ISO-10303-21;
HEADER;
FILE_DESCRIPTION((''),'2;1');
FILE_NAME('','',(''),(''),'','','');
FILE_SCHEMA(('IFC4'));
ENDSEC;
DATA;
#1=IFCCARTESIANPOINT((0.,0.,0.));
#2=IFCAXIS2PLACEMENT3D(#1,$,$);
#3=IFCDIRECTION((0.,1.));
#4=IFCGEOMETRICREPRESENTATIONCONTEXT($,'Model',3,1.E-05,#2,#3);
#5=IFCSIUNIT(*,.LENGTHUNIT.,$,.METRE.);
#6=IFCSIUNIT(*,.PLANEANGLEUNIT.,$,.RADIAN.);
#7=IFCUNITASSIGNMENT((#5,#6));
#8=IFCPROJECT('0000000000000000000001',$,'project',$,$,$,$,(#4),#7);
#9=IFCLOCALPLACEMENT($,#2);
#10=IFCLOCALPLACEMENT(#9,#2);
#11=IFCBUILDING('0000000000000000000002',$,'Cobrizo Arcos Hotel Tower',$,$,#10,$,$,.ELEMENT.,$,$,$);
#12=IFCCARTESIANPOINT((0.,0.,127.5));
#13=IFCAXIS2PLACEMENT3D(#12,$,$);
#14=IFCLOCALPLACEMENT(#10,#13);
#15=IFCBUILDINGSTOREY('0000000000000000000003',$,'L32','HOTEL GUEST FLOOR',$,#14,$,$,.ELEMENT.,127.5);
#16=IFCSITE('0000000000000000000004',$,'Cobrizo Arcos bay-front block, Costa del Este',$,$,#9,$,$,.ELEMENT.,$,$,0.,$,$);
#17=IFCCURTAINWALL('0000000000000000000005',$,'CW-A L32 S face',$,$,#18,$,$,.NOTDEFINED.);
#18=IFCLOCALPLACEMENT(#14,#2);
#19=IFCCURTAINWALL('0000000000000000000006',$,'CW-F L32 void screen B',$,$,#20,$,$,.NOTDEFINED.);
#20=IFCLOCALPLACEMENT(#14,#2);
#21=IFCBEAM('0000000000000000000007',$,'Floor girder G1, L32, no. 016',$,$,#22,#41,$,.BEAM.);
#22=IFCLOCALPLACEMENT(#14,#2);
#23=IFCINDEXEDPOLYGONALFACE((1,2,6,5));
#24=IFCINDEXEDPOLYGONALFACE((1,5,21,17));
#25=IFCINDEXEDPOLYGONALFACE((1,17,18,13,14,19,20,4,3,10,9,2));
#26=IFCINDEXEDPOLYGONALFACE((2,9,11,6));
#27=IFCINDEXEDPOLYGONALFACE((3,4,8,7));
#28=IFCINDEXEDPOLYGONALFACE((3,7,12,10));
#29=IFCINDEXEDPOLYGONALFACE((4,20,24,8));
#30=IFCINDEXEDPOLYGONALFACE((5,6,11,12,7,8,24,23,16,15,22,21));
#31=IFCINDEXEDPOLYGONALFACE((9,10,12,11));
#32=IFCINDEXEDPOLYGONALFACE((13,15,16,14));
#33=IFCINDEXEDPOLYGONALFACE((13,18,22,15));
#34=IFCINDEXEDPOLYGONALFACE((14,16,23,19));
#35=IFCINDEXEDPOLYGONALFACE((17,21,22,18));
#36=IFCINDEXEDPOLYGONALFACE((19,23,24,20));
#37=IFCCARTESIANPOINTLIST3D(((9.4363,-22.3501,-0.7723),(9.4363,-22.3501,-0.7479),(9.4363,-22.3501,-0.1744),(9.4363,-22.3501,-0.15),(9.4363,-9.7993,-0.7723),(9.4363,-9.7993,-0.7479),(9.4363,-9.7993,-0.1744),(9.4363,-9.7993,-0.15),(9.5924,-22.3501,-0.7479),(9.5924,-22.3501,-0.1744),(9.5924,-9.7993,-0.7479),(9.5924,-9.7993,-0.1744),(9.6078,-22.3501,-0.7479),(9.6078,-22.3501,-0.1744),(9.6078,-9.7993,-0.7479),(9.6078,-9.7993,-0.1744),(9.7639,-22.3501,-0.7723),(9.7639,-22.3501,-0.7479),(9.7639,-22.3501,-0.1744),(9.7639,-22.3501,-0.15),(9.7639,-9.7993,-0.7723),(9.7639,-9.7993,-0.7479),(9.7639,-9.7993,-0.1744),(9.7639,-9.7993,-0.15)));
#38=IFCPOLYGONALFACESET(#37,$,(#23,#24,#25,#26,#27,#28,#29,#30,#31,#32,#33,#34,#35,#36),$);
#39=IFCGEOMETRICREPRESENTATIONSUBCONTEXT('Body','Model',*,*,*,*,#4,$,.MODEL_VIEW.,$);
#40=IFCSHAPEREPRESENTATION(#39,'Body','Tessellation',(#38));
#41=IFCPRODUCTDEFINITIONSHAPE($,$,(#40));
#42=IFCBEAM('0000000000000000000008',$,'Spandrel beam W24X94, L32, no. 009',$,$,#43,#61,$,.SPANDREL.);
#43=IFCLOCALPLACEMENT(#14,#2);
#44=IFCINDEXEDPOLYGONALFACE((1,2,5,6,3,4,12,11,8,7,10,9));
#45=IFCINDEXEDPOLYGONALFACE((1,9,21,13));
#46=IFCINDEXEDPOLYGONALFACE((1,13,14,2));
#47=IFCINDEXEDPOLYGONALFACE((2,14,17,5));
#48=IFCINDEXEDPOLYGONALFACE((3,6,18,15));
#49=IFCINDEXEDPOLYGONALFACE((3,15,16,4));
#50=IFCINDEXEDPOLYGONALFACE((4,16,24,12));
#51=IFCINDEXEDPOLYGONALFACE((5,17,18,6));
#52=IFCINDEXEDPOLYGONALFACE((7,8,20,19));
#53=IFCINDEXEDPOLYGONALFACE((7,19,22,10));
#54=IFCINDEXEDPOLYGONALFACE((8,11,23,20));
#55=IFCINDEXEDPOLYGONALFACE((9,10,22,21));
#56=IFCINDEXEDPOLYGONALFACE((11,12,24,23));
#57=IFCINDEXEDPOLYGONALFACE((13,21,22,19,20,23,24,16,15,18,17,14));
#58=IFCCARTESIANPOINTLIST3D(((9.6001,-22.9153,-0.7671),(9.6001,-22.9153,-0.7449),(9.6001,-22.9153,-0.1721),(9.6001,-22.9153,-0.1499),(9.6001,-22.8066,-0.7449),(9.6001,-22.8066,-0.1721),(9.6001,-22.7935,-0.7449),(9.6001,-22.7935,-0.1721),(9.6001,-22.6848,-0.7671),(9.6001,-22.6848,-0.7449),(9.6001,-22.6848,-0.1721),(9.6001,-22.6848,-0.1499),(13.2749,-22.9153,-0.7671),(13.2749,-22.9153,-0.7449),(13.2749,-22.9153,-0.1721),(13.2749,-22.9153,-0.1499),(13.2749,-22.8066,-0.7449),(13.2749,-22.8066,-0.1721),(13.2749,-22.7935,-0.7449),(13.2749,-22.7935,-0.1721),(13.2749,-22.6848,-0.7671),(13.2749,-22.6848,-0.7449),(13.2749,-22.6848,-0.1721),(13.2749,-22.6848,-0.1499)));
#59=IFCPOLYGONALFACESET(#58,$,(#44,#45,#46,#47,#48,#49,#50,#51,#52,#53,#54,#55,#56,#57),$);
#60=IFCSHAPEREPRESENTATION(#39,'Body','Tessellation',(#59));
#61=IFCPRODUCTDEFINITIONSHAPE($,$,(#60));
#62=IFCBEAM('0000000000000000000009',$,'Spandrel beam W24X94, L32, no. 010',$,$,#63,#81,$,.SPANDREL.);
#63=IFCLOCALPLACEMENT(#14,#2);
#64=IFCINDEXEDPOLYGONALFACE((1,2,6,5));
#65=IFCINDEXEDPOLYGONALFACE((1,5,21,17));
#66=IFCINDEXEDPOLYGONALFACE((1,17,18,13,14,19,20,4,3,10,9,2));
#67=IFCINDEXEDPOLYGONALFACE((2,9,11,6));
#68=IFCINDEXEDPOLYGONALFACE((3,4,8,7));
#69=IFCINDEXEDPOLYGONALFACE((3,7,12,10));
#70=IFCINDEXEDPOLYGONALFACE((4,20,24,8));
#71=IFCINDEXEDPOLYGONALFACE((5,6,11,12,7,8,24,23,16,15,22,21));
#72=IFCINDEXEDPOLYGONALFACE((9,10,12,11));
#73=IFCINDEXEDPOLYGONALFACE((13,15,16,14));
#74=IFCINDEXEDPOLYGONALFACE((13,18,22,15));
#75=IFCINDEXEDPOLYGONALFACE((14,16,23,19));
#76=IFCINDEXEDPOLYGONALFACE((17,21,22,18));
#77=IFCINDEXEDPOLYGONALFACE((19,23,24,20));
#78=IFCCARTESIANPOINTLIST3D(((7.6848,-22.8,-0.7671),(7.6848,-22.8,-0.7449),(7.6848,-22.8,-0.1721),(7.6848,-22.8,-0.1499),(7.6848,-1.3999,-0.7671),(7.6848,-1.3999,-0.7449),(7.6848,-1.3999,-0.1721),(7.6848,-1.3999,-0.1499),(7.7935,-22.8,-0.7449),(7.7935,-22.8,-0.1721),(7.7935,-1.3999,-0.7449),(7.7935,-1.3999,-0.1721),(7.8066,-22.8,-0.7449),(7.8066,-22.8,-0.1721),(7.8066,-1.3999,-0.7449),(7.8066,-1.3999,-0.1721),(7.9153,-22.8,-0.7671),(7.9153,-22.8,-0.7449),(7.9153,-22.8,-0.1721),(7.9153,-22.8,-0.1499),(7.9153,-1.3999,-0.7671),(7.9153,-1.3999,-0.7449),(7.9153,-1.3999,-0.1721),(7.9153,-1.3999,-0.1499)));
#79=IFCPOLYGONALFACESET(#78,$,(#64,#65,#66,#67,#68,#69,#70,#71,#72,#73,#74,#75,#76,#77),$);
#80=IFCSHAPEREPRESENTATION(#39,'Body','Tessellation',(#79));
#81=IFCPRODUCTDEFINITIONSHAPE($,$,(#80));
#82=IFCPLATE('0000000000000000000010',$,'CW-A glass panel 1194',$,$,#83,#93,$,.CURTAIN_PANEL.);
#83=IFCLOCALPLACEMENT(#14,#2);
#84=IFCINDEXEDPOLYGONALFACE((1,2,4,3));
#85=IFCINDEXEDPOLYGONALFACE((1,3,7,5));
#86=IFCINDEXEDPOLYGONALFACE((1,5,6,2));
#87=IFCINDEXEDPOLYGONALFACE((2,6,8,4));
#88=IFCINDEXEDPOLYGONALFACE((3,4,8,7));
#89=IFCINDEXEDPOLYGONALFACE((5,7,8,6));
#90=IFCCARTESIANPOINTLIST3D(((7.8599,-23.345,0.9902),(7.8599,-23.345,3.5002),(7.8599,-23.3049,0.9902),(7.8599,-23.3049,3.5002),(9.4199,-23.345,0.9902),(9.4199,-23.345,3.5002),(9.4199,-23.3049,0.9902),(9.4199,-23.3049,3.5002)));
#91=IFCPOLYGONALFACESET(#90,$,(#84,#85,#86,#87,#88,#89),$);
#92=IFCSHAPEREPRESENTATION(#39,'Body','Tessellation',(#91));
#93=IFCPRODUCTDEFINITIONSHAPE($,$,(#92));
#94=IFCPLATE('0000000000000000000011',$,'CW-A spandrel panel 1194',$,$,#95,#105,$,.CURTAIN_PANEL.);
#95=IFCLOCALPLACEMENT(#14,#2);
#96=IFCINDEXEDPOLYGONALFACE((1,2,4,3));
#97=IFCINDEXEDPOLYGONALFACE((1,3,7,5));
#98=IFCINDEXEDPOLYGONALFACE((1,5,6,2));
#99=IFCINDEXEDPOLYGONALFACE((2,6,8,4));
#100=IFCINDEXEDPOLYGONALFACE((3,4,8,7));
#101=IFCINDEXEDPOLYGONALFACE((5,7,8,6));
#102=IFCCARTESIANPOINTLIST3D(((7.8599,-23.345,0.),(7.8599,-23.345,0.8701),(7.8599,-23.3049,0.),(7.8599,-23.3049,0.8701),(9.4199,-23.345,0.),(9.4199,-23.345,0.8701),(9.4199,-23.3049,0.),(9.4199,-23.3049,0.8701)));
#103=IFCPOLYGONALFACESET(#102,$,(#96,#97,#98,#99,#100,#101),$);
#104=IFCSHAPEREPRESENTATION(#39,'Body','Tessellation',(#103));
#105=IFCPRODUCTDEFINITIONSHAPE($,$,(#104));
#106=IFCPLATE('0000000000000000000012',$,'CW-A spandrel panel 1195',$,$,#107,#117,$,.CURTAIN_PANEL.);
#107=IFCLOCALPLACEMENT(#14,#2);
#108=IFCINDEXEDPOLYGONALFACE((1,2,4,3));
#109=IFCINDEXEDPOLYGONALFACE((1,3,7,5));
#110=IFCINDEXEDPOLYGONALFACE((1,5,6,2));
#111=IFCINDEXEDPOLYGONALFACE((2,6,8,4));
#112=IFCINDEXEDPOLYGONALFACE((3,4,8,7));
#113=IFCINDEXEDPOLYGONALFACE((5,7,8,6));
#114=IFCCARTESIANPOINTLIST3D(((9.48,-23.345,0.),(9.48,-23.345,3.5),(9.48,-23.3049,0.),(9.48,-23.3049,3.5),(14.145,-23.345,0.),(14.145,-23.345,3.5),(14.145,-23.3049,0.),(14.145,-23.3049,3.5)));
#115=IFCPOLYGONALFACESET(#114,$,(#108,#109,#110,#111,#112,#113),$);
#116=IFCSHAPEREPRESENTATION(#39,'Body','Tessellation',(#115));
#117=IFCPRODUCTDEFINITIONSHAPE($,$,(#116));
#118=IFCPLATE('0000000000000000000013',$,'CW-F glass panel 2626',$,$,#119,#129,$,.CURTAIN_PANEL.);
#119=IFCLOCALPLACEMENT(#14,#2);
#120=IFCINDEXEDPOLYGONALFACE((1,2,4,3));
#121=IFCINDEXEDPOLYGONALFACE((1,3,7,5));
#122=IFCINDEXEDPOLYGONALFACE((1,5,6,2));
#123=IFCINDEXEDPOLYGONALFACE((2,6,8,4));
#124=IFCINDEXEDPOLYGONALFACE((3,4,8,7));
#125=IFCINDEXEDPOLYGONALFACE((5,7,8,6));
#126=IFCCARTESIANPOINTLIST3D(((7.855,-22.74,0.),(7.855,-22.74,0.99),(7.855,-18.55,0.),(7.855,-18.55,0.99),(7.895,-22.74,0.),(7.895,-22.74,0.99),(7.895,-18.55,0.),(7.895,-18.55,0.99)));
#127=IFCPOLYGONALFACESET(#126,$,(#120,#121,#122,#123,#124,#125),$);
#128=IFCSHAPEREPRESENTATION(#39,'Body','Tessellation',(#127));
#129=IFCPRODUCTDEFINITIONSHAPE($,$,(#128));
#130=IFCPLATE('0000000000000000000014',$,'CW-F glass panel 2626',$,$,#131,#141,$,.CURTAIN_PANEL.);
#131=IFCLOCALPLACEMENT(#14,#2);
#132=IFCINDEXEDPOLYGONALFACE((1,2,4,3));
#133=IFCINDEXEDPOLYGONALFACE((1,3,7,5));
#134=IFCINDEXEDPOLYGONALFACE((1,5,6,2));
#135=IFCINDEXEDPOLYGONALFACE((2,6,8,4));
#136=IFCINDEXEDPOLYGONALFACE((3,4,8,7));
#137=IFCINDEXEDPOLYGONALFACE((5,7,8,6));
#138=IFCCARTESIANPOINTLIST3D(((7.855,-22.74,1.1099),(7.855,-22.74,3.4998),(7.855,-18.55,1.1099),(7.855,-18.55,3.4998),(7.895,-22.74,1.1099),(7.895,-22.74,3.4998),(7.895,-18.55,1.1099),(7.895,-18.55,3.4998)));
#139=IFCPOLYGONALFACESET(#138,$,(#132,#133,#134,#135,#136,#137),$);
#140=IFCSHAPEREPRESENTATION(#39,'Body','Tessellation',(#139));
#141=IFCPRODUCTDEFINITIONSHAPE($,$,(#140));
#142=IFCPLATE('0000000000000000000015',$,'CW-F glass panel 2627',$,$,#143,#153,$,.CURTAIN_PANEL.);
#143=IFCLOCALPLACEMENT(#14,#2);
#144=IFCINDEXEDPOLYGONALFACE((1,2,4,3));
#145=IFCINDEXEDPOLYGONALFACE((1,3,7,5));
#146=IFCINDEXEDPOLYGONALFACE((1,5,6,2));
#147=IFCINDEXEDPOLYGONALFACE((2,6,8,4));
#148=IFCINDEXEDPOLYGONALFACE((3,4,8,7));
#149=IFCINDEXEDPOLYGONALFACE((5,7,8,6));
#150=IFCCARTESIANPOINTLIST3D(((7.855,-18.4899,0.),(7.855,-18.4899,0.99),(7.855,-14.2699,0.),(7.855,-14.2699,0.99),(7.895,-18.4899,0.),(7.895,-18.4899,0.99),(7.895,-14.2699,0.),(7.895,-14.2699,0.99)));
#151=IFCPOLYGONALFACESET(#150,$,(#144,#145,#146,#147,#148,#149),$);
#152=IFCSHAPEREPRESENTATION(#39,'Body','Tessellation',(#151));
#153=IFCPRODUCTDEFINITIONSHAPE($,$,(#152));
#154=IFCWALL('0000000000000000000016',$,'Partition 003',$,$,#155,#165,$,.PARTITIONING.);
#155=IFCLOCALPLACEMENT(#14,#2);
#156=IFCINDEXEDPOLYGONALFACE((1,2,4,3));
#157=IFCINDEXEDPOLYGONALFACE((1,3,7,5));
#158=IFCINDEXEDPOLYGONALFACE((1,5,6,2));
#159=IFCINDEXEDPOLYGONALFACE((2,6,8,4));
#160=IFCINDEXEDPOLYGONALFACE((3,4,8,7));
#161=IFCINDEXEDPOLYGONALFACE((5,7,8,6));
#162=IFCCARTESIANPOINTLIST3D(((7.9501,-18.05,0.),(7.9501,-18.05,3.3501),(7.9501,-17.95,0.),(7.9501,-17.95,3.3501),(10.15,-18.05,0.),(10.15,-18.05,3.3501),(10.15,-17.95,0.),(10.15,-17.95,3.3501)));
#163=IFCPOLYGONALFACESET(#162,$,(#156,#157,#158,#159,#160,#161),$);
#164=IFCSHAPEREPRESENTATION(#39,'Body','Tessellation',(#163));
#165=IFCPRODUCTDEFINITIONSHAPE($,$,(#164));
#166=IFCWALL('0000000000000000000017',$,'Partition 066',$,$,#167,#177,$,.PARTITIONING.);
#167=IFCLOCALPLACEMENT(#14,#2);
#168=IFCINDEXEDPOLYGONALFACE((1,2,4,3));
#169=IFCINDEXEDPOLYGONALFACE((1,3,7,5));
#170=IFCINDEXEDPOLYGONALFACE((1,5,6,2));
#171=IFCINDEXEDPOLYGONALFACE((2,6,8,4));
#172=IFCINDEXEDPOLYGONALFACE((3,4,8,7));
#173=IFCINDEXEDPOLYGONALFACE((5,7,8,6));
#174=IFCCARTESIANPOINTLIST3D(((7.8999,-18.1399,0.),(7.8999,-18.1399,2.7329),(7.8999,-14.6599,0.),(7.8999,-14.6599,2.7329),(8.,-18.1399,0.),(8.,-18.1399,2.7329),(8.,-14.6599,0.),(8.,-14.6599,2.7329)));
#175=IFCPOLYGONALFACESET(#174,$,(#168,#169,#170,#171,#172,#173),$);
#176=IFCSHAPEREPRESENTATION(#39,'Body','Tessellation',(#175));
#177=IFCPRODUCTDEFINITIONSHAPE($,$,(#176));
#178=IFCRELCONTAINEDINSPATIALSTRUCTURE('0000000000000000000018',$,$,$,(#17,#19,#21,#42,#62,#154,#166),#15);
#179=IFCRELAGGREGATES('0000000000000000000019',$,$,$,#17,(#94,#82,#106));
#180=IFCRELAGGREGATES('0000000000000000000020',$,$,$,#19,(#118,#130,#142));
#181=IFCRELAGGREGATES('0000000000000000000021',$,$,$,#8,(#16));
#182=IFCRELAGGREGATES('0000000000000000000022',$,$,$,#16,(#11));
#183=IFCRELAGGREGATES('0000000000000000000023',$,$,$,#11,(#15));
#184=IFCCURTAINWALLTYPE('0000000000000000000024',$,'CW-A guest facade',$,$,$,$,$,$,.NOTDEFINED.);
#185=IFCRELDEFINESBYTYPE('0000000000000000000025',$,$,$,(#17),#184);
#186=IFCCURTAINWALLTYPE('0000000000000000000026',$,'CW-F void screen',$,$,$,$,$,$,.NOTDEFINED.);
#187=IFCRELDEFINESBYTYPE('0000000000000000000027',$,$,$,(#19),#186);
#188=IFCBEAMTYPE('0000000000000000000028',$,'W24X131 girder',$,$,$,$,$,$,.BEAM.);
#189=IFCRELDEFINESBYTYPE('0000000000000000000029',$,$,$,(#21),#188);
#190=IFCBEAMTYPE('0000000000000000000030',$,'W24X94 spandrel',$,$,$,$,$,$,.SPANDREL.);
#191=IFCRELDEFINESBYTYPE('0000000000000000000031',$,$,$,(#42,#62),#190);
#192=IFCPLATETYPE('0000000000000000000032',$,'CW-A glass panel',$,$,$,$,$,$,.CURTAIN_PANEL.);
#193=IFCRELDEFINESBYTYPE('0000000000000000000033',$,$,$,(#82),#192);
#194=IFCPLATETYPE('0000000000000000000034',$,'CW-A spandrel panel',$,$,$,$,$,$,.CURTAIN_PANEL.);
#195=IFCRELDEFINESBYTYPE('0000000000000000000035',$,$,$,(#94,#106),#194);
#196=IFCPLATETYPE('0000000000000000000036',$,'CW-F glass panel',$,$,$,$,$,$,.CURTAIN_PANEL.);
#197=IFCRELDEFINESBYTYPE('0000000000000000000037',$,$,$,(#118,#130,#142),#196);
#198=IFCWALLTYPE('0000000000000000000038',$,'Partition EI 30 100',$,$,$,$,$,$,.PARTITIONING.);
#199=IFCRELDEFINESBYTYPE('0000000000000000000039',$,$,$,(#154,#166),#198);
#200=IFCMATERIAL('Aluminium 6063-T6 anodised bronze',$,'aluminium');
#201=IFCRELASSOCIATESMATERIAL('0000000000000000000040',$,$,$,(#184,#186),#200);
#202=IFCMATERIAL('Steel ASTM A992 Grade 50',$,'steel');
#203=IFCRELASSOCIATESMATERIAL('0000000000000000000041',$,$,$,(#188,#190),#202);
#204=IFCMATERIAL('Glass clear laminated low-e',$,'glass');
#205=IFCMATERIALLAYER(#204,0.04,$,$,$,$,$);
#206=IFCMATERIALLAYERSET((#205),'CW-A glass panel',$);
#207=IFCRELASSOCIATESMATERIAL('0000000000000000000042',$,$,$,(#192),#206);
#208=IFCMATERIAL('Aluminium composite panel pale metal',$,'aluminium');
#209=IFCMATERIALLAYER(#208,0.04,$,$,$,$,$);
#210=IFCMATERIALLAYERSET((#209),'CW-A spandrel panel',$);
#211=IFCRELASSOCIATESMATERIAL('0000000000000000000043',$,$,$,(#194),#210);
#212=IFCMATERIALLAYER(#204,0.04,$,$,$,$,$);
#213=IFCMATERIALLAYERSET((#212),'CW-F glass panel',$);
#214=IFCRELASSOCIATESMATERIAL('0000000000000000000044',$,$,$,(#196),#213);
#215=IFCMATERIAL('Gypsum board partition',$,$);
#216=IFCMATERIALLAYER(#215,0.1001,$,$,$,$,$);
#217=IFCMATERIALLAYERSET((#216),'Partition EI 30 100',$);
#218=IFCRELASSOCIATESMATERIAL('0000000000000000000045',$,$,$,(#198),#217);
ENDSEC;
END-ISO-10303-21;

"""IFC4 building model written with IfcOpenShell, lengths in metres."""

from ifc_helpers import new_model, si_unit, direction, frame, frame_2d, origin, origin_2d, place, context, subcontext, project, spatial, rectangle, i_section, extrude, material, layer, layer_set, material_profile, profile_set, type_object, element, aggregate, save


model = new_model("IFC4")

# Units and contexts
model_context = context("Model", 3, precision=1e-05, world=origin(), true_north=direction((0.0, 1.0)))
body_context = subcontext(model_context, "Body", "Model", "MODEL_VIEW")
ifc_project = project(units=[si_unit("LENGTHUNIT", "METRE"), si_unit("PLANEANGLEUNIT", "RADIAN")], contexts=[model_context])

# Site, building, storey
site_placement = place(None, origin())
site = spatial("IfcSite", under=ifc_project, at=site_placement, Name="Cobrizo Arcos bay-front block, Costa del Este", CompositionType="ELEMENT", RefElevation=0.0)
building_placement = place(site_placement, origin())
building = spatial("IfcBuilding", under=site, at=building_placement, Name="Cobrizo Arcos Hotel Tower", CompositionType="ELEMENT")
storey_placement = place(building_placement, frame((0.0, 0.0, 127.5)))
storey = spatial("IfcBuildingStorey", under=building, at=storey_placement, Name="L32", Description="HOTEL GUEST FLOOR", CompositionType="ELEMENT", Elevation=127.5)

# Curtain walls
ifc_material_1 = material(Name="Aluminium 6063-T6 anodised bronze", Category="aluminium")
curtain_wall_type_1 = type_object("IfcCurtainWallType", Name="CW-A guest facade", PredefinedType="NOTDEFINED", material=ifc_material_1)
curtain_wall_1_placement = place(storey_placement, origin())
curtain_wall_1 = element("IfcCurtainWall", 1, at=curtain_wall_1_placement, inside=storey, type_object=curtain_wall_type_1, Name="CW-A L32 S face", PredefinedType="NOTDEFINED")
curtain_wall_type_2 = type_object("IfcCurtainWallType", Name="CW-F void screen", PredefinedType="NOTDEFINED", material=ifc_material_1)
curtain_wall_2_placement = place(storey_placement, origin())
curtain_wall_2 = element("IfcCurtainWall", 2, at=curtain_wall_2_placement, inside=storey, type_object=curtain_wall_type_2, Name="CW-F L32 void screen B", PredefinedType="NOTDEFINED")

# Beams
ifc_material_2 = material(Name="Steel ASTM A992 Grade 50", Category="steel")
ifc_material_profile_1 = material_profile(ifc_material_2, i_section(OverallWidth=0.3276, OverallDepth=0.6223, WebThickness=0.0154, FlangeThickness=0.0244, at=origin_2d()), Name="W24X131")
ifc_profile_set_1 = profile_set([ifc_material_profile_1], Name="Steel ASTM A992 Grade 50")
beam_type_1 = type_object("IfcBeamType", Name="W24X131 girder", PredefinedType="BEAM", material=ifc_profile_set_1)
beam_1_placement = place(storey_placement, frame((9.6001, -22.3501, -0.4612), z_axis=(0.0, 1.0, 0.0), x_axis=(-1.0, 0.0, 0.0)))
element("IfcBeam", 3, at=beam_1_placement, inside=storey, type_object=beam_type_1, Name="Floor girder G1, L32, no. 016", PredefinedType="BEAM", context=body_context, shape_type="SweptSolid", body=[
    extrude(i_section(OverallWidth=0.3276, OverallDepth=0.6223, WebThickness=0.0154, FlangeThickness=0.0244, at=origin_2d()), origin(), (0.0, 0.0, 1.0), 12.5508),
])
ifc_material_profile_2 = material_profile(ifc_material_2, i_section(OverallWidth=0.2305, OverallDepth=0.6172, WebThickness=0.0132, FlangeThickness=0.0222, at=origin_2d()), Name="W24X94")
ifc_profile_set_2 = profile_set([ifc_material_profile_2], Name="Steel ASTM A992 Grade 50")
beam_type_2 = type_object("IfcBeamType", Name="W24X94 spandrel", PredefinedType="SPANDREL", material=ifc_profile_set_2)
beam_2_placement = place(storey_placement, frame((13.2749, -22.8, -0.4585), z_axis=(-1.0, 0.0, 0.0), x_axis=(0.0, -1.0, 0.0)))
element("IfcBeam", 4, at=beam_2_placement, inside=storey, type_object=beam_type_2, Name="Spandrel beam W24X94, L32, no. 009", PredefinedType="SPANDREL", context=body_context, shape_type="SweptSolid", body=[
    extrude(i_section(OverallWidth=0.2305, OverallDepth=0.6172, WebThickness=0.0132, FlangeThickness=0.0222, at=origin_2d()), origin(), (0.0, 0.0, 1.0), 3.6748),
])
beam_3_placement = place(storey_placement, frame((7.8, -22.8, -0.4585), z_axis=(0.0, 1.0, 0.0), x_axis=(-1.0, 0.0, 0.0)))
element("IfcBeam", 5, at=beam_3_placement, inside=storey, type_object=beam_type_2, Name="Spandrel beam W24X94, L32, no. 010", PredefinedType="SPANDREL", context=body_context, shape_type="SweptSolid", body=[
    extrude(i_section(OverallWidth=0.2305, OverallDepth=0.6172, WebThickness=0.0132, FlangeThickness=0.0222, at=origin_2d()), origin(), (0.0, 0.0, 1.0), 21.4001),
])

# Plates
ifc_material_3 = material(Name="Glass clear laminated low-e", Category="glass")
ifc_layer_1 = layer(ifc_material_3, 0.04)
ifc_layer_set_1 = layer_set([ifc_layer_1], Name="CW-A glass panel")
plate_type_1 = type_object("IfcPlateType", Name="CW-A glass panel", PredefinedType="CURTAIN_PANEL", material=ifc_layer_set_1)
plate_1_placement = place(storey_placement, frame((8.6399, -23.325, 0.9902), z_axis=(0.0, 0.0, 1.0), x_axis=(1.0, 0.0, 0.0)))
plate_1 = element("IfcPlate", 6, at=plate_1_placement, type_object=plate_type_1, Name="CW-A glass panel 1194", PredefinedType="CURTAIN_PANEL", context=body_context, shape_type="SweptSolid", body=[
    extrude(rectangle(XDim=1.5601, YDim=0.04, at=origin_2d()), origin(), (0.0, 0.0, 1.0), 2.51),
])
ifc_material_4 = material(Name="Aluminium composite panel pale metal", Category="aluminium")
ifc_layer_2 = layer(ifc_material_4, 0.04)
ifc_layer_set_2 = layer_set([ifc_layer_2], Name="CW-A spandrel panel")
plate_type_2 = type_object("IfcPlateType", Name="CW-A spandrel panel", PredefinedType="CURTAIN_PANEL", material=ifc_layer_set_2)
plate_2_placement = place(storey_placement, frame((8.6399, -23.325, 0.0), z_axis=(0.0, 0.0, 1.0), x_axis=(1.0, 0.0, 0.0)))
plate_2 = element("IfcPlate", 7, at=plate_2_placement, type_object=plate_type_2, Name="CW-A spandrel panel 1194", PredefinedType="CURTAIN_PANEL", context=body_context, shape_type="SweptSolid", body=[
    extrude(rectangle(XDim=1.5601, YDim=0.04, at=origin_2d()), origin(), (0.0, 0.0, 1.0), 0.8701),
])
plate_3_placement = place(storey_placement, frame((11.8125, -23.325, 0.0), z_axis=(0.0, 0.0, 1.0), x_axis=(1.0, 0.0, 0.0)))
plate_3 = element("IfcPlate", 8, at=plate_3_placement, type_object=plate_type_2, Name="CW-A spandrel panel 1195", PredefinedType="CURTAIN_PANEL", context=body_context, shape_type="SweptSolid", body=[
    extrude(rectangle(XDim=4.665, YDim=0.04, at=origin_2d()), origin(), (0.0, 0.0, 1.0), 3.5),
])
aggregate(curtain_wall_1, [plate_2, plate_1, plate_3])
ifc_layer_3 = layer(ifc_material_3, 0.04)
ifc_layer_set_3 = layer_set([ifc_layer_3], Name="CW-F glass panel")
plate_type_3 = type_object("IfcPlateType", Name="CW-F glass panel", PredefinedType="CURTAIN_PANEL", material=ifc_layer_set_3)
plate_4_placement = place(storey_placement, frame((7.875, -20.645, 0.0), z_axis=(0.0, 0.0, 1.0), x_axis=(0.0, 1.0, 0.0)))
plate_4 = element("IfcPlate", 9, at=plate_4_placement, type_object=plate_type_3, Name="CW-F glass panel 2626", PredefinedType="CURTAIN_PANEL", context=body_context, shape_type="SweptSolid", body=[
    extrude(rectangle(XDim=4.1899, YDim=0.04, at=origin_2d()), origin(), (0.0, 0.0, 1.0), 0.99),
])
plate_5_placement = place(storey_placement, frame((7.875, -20.645, 1.1099), z_axis=(0.0, 0.0, 1.0), x_axis=(0.0, 1.0, 0.0)))
plate_5 = element("IfcPlate", 10, at=plate_5_placement, type_object=plate_type_3, Name="CW-F glass panel 2626", PredefinedType="CURTAIN_PANEL", context=body_context, shape_type="SweptSolid", body=[
    extrude(rectangle(XDim=4.1899, YDim=0.04, at=origin_2d()), origin(), (0.0, 0.0, 1.0), 2.3899),
])
plate_6_placement = place(storey_placement, frame((7.875, -16.3799, 0.0), z_axis=(0.0, 0.0, 1.0), x_axis=(0.0, 1.0, 0.0)))
plate_6 = element("IfcPlate", 11, at=plate_6_placement, type_object=plate_type_3, Name="CW-F glass panel 2627", PredefinedType="CURTAIN_PANEL", context=body_context, shape_type="SweptSolid", body=[
    extrude(rectangle(XDim=4.22, YDim=0.04, at=origin_2d()), origin(), (0.0, 0.0, 1.0), 0.99),
])
aggregate(curtain_wall_2, [plate_4, plate_5, plate_6])

# Walls
ifc_material_5 = material(Name="Gypsum board partition")
ifc_layer_4 = layer(ifc_material_5, 0.1001)
ifc_layer_set_4 = layer_set([ifc_layer_4], Name="Partition EI 30 100")
wall_type = type_object("IfcWallType", Name="Partition EI 30 100", PredefinedType="PARTITIONING", material=ifc_layer_set_4)
wall_1_placement = place(storey_placement, frame((7.95, -18.0, 0.0), z_axis=(0.0, 0.0, 1.0), x_axis=(1.0, 0.0, 0.0)))
element("IfcWall", 12, at=wall_1_placement, inside=storey, type_object=wall_type, Name="Partition 003", PredefinedType="PARTITIONING", context=body_context, shape_type="SweptSolid", body=[
    extrude(rectangle(XDim=2.2, YDim=0.1001, at=frame_2d((1.1001, 0.0))), origin(), (0.0, 0.0, 1.0), 3.3501),
])
wall_2_placement = place(storey_placement, frame((7.95, -18.1399, 0.0), z_axis=(0.0, 0.0, 1.0), x_axis=(0.0, 1.0, 0.0)))
element("IfcWall", 13, at=wall_2_placement, inside=storey, type_object=wall_type, Name="Partition 066", PredefinedType="PARTITIONING", context=body_context, shape_type="SweptSolid", body=[
    extrude(rectangle(XDim=3.48, YDim=0.1001, at=frame_2d((1.74, 0.0))), origin(), (0.0, 0.0, 1.0), 2.7329),
])

save(model, "model.ifc")
